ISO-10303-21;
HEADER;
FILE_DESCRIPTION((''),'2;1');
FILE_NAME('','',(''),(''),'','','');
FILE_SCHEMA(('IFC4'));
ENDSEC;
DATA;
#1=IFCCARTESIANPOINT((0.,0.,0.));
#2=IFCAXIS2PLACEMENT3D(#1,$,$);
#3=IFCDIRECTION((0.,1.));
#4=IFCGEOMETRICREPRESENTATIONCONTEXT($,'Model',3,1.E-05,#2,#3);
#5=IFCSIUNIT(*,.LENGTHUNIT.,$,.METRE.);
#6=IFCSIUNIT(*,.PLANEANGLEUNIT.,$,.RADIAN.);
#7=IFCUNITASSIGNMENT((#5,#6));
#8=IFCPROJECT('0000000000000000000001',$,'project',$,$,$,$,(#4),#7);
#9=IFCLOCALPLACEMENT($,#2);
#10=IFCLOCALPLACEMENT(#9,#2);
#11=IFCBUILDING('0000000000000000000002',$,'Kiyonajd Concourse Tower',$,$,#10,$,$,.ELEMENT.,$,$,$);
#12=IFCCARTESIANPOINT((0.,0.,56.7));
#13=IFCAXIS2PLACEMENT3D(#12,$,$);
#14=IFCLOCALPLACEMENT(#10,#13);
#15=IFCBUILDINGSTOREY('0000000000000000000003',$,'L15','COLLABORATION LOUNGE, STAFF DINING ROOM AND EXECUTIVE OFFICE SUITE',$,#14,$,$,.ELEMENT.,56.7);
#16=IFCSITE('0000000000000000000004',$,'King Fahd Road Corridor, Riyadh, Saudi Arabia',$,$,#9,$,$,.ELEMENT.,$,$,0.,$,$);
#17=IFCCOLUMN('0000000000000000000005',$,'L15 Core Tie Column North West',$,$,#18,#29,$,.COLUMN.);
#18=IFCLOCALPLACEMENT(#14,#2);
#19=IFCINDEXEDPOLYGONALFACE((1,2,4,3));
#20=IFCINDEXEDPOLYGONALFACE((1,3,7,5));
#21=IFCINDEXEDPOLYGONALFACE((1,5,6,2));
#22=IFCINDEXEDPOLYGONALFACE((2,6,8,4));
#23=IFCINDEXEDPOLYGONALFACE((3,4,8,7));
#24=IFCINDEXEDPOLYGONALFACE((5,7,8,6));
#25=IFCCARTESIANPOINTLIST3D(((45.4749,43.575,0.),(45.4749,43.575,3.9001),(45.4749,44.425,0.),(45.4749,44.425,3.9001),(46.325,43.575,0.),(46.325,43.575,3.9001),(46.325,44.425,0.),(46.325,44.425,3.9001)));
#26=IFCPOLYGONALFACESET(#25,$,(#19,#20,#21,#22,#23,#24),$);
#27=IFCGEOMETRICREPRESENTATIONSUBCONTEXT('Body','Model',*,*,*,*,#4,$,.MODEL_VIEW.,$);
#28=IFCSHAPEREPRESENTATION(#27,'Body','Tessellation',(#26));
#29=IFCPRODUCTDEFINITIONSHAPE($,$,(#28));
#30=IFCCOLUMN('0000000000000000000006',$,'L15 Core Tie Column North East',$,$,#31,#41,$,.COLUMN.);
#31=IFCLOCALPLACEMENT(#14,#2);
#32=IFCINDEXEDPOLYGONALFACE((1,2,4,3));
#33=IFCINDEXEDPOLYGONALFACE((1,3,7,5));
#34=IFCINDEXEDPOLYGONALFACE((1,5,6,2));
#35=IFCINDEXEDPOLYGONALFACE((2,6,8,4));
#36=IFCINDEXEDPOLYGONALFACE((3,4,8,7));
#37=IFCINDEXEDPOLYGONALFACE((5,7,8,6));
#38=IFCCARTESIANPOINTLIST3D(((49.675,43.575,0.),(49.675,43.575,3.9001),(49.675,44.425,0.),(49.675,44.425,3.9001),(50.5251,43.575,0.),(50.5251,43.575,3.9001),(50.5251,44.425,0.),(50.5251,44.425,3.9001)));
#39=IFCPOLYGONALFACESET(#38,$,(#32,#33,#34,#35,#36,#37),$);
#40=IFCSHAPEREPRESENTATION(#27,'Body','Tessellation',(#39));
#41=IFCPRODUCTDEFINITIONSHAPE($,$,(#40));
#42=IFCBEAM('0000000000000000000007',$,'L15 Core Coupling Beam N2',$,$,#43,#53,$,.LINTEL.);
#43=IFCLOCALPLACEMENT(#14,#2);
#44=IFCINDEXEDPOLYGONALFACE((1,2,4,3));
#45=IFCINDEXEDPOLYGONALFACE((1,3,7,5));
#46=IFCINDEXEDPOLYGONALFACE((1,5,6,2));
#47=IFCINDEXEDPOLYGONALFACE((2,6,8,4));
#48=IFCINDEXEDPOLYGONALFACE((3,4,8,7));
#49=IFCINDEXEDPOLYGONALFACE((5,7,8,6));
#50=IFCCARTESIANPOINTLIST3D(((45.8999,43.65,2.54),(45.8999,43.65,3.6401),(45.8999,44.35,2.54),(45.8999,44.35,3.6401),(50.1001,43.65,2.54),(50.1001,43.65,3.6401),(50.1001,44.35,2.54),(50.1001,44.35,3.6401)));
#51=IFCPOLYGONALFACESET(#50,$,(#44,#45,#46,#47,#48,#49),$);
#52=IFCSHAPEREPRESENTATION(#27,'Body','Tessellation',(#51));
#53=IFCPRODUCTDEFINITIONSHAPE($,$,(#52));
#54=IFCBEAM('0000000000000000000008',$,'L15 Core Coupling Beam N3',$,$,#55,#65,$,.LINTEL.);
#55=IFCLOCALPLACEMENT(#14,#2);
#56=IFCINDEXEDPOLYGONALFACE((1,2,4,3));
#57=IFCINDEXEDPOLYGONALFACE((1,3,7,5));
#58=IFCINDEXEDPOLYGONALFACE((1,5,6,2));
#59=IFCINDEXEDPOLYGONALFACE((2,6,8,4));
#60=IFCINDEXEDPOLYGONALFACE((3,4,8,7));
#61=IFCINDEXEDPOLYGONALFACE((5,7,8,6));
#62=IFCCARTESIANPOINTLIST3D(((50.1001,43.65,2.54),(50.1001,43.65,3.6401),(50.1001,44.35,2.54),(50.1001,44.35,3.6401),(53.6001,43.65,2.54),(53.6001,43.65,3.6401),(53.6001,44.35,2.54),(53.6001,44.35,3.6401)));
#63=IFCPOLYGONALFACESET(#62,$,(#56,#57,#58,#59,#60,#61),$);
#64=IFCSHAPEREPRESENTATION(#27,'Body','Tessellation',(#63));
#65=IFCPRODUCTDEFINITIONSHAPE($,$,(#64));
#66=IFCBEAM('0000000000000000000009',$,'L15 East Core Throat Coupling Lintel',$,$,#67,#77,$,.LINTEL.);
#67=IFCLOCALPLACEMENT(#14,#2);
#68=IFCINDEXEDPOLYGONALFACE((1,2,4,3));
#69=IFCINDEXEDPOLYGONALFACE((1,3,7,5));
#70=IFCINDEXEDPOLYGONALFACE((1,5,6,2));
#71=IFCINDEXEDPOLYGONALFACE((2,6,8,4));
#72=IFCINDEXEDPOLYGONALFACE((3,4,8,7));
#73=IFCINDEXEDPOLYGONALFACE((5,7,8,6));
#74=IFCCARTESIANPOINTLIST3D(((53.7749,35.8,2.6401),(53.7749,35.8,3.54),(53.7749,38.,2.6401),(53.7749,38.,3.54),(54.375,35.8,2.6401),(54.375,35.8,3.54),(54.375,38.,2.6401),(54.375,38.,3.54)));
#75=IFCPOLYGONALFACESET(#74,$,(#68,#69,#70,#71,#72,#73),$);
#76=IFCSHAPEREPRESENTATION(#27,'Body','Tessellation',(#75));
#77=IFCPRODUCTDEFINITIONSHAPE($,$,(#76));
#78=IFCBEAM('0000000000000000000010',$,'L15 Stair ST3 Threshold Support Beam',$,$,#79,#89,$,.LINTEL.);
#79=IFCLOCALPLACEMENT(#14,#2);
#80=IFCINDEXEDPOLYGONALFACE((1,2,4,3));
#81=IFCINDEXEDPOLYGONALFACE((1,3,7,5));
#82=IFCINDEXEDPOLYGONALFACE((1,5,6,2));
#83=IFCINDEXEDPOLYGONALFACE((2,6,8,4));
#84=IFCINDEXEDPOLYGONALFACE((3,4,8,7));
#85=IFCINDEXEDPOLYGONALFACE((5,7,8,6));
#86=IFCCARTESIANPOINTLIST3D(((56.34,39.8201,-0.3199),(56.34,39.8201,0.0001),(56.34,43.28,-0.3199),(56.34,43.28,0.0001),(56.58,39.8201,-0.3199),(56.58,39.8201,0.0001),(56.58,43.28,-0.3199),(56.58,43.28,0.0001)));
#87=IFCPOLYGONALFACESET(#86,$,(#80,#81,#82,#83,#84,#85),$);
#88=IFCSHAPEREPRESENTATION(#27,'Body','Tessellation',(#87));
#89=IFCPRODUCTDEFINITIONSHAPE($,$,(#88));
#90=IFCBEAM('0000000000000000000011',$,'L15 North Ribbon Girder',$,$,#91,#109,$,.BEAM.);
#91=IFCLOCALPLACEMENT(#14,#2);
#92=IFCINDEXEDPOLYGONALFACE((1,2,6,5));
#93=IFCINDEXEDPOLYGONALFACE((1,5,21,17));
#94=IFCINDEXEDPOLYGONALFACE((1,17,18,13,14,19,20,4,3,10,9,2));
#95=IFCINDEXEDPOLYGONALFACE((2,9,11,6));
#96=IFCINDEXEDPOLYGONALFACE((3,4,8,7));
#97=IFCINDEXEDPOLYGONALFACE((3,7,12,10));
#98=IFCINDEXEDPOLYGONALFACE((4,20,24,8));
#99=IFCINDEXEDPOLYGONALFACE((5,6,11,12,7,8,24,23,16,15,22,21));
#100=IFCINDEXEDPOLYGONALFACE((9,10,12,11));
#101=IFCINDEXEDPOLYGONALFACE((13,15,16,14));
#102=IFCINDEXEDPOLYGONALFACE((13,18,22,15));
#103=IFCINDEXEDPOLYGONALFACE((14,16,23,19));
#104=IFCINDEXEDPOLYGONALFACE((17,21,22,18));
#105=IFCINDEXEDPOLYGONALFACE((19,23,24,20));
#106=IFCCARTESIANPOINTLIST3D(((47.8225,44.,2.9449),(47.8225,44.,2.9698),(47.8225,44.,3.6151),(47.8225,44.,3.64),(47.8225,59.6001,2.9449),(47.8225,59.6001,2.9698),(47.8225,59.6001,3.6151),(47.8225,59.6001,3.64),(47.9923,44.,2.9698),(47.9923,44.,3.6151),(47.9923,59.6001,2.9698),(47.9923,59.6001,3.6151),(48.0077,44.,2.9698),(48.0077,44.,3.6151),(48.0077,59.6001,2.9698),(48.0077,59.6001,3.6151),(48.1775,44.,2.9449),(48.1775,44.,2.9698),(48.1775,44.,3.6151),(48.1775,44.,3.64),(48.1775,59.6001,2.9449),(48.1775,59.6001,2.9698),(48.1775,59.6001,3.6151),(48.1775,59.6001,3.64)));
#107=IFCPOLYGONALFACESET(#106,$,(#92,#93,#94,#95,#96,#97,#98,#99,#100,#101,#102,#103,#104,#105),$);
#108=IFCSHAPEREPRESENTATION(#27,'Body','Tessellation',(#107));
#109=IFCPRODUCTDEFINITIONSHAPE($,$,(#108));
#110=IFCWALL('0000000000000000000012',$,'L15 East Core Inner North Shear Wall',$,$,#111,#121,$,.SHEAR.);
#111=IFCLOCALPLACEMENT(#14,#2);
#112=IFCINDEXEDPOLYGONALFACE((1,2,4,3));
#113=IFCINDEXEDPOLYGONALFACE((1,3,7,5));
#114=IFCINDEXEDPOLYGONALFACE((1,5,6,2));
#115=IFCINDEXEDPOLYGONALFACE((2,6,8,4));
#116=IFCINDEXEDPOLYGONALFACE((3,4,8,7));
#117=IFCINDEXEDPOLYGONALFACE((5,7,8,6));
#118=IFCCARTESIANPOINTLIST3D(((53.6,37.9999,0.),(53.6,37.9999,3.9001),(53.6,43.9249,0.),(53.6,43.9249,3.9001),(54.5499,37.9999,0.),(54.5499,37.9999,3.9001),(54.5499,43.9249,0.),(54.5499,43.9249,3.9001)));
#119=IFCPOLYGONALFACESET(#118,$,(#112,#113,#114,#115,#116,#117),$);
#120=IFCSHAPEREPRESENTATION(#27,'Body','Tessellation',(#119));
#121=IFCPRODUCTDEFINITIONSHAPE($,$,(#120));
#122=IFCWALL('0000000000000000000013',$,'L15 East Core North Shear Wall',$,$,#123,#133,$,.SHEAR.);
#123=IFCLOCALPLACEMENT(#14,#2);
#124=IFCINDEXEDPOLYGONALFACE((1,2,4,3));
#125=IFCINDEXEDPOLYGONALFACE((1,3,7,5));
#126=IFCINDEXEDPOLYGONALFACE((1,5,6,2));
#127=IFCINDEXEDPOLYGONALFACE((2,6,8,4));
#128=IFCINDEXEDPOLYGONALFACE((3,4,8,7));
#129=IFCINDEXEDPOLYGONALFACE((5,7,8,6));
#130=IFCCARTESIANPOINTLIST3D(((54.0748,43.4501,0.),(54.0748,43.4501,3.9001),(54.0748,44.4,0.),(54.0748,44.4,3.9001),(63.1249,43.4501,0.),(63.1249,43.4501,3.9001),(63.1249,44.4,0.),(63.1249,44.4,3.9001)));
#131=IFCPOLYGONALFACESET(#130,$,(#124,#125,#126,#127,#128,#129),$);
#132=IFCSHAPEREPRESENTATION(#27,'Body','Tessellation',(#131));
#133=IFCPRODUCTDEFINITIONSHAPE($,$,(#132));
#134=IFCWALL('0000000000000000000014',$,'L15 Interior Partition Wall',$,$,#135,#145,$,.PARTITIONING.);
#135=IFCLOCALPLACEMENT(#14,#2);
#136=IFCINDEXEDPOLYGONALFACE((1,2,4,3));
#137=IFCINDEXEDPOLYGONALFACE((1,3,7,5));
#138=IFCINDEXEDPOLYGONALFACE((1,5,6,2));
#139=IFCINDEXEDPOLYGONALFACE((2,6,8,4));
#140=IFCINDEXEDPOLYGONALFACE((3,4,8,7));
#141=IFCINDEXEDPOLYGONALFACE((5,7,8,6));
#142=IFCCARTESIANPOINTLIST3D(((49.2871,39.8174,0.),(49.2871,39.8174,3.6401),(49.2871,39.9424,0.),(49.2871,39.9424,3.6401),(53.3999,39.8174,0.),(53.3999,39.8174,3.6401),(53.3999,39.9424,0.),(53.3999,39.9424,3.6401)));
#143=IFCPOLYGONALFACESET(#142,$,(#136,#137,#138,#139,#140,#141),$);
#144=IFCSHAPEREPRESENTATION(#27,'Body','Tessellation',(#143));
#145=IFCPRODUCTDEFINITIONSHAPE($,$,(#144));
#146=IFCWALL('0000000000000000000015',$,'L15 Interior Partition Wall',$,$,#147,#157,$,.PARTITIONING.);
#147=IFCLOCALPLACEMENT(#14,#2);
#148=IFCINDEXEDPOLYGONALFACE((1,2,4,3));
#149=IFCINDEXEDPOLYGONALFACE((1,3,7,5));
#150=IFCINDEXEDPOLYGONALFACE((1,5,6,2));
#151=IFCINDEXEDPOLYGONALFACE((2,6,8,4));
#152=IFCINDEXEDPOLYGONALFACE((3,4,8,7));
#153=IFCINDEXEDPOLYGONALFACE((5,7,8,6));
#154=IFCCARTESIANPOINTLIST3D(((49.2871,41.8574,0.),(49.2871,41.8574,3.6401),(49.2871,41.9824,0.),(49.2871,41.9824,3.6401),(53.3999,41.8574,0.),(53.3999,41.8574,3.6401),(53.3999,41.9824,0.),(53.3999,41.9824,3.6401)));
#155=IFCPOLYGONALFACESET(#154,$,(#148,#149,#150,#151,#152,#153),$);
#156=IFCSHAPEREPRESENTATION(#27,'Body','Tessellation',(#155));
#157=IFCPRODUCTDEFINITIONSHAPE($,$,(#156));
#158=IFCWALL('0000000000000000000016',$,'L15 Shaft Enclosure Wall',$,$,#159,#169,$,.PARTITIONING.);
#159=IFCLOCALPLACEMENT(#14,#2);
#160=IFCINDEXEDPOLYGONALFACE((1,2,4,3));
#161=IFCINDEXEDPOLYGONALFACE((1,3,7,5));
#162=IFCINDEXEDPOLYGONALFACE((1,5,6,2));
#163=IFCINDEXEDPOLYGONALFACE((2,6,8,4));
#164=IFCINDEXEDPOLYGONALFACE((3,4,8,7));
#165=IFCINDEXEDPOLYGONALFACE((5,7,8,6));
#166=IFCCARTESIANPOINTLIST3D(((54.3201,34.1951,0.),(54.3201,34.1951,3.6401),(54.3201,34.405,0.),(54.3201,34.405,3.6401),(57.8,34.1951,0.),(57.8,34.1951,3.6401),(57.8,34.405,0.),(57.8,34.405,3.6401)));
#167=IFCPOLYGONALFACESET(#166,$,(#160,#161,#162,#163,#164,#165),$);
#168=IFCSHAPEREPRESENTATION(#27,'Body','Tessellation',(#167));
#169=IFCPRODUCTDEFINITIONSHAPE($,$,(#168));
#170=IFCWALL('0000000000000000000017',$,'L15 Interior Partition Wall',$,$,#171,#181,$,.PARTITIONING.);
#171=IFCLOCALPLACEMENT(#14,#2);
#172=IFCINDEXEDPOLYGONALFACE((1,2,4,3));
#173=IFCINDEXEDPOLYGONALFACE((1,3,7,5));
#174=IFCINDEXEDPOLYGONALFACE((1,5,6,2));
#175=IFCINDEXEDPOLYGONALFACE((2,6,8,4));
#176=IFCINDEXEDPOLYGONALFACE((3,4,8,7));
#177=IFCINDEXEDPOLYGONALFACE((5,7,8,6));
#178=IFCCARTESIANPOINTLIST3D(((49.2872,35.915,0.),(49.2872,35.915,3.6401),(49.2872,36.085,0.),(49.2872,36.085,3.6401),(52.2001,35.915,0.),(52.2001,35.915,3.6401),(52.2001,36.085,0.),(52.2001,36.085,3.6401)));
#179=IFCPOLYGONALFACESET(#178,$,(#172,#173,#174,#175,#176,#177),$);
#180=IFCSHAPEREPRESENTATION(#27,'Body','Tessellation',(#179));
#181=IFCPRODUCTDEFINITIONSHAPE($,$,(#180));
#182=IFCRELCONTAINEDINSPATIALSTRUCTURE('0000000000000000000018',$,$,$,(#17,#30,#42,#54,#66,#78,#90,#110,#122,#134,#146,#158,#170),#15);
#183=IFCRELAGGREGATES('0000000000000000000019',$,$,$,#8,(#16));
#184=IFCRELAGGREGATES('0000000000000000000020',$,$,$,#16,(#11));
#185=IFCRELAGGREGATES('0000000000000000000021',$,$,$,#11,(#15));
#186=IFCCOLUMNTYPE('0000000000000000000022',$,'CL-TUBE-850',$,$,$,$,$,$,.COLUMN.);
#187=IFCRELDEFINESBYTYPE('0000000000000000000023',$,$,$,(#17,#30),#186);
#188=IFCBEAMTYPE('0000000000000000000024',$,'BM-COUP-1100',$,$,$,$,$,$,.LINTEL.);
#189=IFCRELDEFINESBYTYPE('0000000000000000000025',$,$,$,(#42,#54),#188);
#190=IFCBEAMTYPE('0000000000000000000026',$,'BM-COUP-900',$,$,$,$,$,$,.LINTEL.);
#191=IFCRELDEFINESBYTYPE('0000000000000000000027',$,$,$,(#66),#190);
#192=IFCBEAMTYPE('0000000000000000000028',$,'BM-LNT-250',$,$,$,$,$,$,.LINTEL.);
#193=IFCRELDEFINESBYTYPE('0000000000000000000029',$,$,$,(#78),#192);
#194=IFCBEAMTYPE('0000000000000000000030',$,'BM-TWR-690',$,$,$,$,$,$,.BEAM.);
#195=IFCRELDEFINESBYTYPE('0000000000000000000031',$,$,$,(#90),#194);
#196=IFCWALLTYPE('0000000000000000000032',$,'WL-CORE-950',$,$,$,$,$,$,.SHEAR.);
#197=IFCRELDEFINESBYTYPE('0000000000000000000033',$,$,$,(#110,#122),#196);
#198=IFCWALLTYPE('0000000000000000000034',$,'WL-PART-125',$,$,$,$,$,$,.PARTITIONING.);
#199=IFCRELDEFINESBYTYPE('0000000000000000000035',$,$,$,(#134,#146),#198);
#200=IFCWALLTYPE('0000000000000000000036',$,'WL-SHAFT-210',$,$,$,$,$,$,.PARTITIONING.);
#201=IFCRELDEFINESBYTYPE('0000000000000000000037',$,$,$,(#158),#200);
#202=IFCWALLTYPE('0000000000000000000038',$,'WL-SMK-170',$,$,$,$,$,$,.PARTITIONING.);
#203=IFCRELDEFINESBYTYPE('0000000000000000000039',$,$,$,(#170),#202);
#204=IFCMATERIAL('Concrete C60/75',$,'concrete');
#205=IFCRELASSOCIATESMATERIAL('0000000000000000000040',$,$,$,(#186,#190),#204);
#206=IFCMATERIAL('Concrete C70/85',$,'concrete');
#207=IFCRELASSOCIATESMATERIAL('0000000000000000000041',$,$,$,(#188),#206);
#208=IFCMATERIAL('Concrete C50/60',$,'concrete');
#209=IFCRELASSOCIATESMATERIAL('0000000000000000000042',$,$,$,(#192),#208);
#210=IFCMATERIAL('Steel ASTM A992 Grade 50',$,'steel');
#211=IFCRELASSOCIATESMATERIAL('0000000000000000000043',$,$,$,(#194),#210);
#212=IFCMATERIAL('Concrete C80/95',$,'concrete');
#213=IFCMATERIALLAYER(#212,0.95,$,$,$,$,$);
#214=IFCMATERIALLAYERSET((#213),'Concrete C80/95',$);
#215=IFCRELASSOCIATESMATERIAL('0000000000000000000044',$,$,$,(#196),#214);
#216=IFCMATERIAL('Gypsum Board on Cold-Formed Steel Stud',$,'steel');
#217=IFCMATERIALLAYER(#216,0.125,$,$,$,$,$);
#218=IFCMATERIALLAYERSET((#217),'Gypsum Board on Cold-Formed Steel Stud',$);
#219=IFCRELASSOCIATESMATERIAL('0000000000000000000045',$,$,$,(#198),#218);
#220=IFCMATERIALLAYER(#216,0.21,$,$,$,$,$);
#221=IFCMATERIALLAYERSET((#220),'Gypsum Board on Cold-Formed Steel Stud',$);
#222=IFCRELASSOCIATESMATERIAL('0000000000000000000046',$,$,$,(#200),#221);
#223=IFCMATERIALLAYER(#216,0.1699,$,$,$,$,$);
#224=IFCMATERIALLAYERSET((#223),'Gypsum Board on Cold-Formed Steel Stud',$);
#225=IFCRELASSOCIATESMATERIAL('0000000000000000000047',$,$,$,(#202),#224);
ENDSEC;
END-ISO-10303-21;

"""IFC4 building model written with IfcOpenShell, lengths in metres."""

from ifc_helpers import new_model, si_unit, direction, frame, frame_2d, origin, origin_2d, place, context, subcontext, project, spatial, rectangle, i_section, extrude, material, layer, layer_set, material_profile, profile_set, type_object, element, save


model = new_model("IFC4")

# Units and contexts
model_context = context("Model", 3, precision=1e-05, world=origin(), true_north=direction((0.0, 1.0)))
body_context = subcontext(model_context, "Body", "Model", "MODEL_VIEW")
ifc_project = project(units=[si_unit("LENGTHUNIT", "METRE"), si_unit("PLANEANGLEUNIT", "RADIAN")], contexts=[model_context])

# Site, building, storey
site_placement = place(None, origin())
site = spatial("IfcSite", under=ifc_project, at=site_placement, Name="King Fahd Road Corridor, Riyadh, Saudi Arabia", CompositionType="ELEMENT", RefElevation=0.0)
building_placement = place(site_placement, origin())
building = spatial("IfcBuilding", under=site, at=building_placement, Name="Kiyonajd Concourse Tower", CompositionType="ELEMENT")
storey_placement = place(building_placement, frame((0.0, 0.0, 56.7)))
storey = spatial("IfcBuildingStorey", under=building, at=storey_placement, Name="L15", Description="COLLABORATION LOUNGE, STAFF DINING ROOM AND EXECUTIVE OFFICE SUITE", CompositionType="ELEMENT", Elevation=56.7)

# Columns
ifc_material_1 = material(Name="Concrete C60/75", Category="concrete")
ifc_material_profile_1 = material_profile(ifc_material_1, rectangle(XDim=0.8501, YDim=0.8501, at=origin_2d()), Name="RC-850x850")
ifc_profile_set_1 = profile_set([ifc_material_profile_1], Name="Concrete C60/75")
column_type = type_object("IfcColumnType", Name="CL-TUBE-850", PredefinedType="COLUMN", material=ifc_profile_set_1)
for number, where, z_axis, x_axis, name in (
    (1, (45.8999, 44.0, 0.0), (0.0, 0.0, 1.0), (1.0, 0.0, 0.0), "L15 Core Tie Column North West"),
    (2, (50.1001, 44.0, 0.0), (0.0, 0.0, 1.0), (1.0, 0.0, 0.0), "L15 Core Tie Column North East"),
):
    element("IfcColumn", number, at=place(storey_placement, frame(where, z_axis=z_axis, x_axis=x_axis)), inside=storey, type_object=column_type, Name=name, PredefinedType="COLUMN", context=body_context, shape_type="SweptSolid", body=[
        extrude(rectangle(XDim=0.8501, YDim=0.8501, at=origin_2d()), origin(), (0.0, 0.0, 1.0), 3.9001),
    ])

# Beams
ifc_material_2 = material(Name="Concrete C70/85", Category="concrete")
ifc_material_profile_2 = material_profile(ifc_material_2, rectangle(XDim=0.7, YDim=1.1001, at=origin_2d()), Name="RCBM-700x1100")
ifc_profile_set_2 = profile_set([ifc_material_profile_2], Name="Concrete C70/85")
beam_type_1 = type_object("IfcBeamType", Name="BM-COUP-1100", PredefinedType="LINTEL", material=ifc_profile_set_2)
beam_1_placement = place(storey_placement, frame((45.8999, 44.0, 3.0901), z_axis=(1.0, 0.0, 0.0), x_axis=(0.0, 1.0, 0.0)))
element("IfcBeam", 3, at=beam_1_placement, inside=storey, type_object=beam_type_1, Name="L15 Core Coupling Beam N2", PredefinedType="LINTEL", context=body_context, shape_type="SweptSolid", body=[
    extrude(rectangle(XDim=0.7, YDim=1.1001, at=origin_2d()), origin(), (0.0, 0.0, 1.0), 4.2002),
])
beam_2_placement = place(storey_placement, frame((50.1001, 44.0, 3.0901), z_axis=(1.0, 0.0, 0.0), x_axis=(0.0, 1.0, 0.0)))
element("IfcBeam", 4, at=beam_2_placement, inside=storey, type_object=beam_type_1, Name="L15 Core Coupling Beam N3", PredefinedType="LINTEL", context=body_context, shape_type="SweptSolid", body=[
    extrude(rectangle(XDim=0.7, YDim=1.1001, at=origin_2d()), origin(), (0.0, 0.0, 1.0), 3.5),
])
ifc_material_profile_3 = material_profile(ifc_material_1, rectangle(XDim=0.6001, YDim=0.8999, at=origin_2d()), Name="RCBM-600x900")
ifc_profile_set_3 = profile_set([ifc_material_profile_3], Name="Concrete C60/75")
beam_type_2 = type_object("IfcBeamType", Name="BM-COUP-900", PredefinedType="LINTEL", material=ifc_profile_set_3)
beam_3_placement = place(storey_placement, frame((54.075, 35.8, 3.0901), z_axis=(0.0, 1.0, 0.0), x_axis=(-1.0, 0.0, 0.0)))
element("IfcBeam", 5, at=beam_3_placement, inside=storey, type_object=beam_type_2, Name="L15 East Core Throat Coupling Lintel", PredefinedType="LINTEL", context=body_context, shape_type="SweptSolid", body=[
    extrude(rectangle(XDim=0.6001, YDim=0.8999, at=origin_2d()), origin(), (0.0, 0.0, 1.0), 2.2),
])
ifc_material_3 = material(Name="Concrete C50/60", Category="concrete")
ifc_material_profile_4 = material_profile(ifc_material_3, rectangle(XDim=0.24, YDim=0.3201, at=origin_2d()), Name="RCBM-240x320")
ifc_profile_set_4 = profile_set([ifc_material_profile_4], Name="Concrete C50/60")
beam_type_3 = type_object("IfcBeamType", Name="BM-LNT-250", PredefinedType="LINTEL", material=ifc_profile_set_4)
beam_4_placement = place(storey_placement, frame((56.46, 39.8201, -0.1599), z_axis=(0.0, 1.0, 0.0), x_axis=(-1.0, 0.0, 0.0)))
element("IfcBeam", 6, at=beam_4_placement, inside=storey, type_object=beam_type_3, Name="L15 Stair ST3 Threshold Support Beam", PredefinedType="LINTEL", context=body_context, shape_type="SweptSolid", body=[
    extrude(rectangle(XDim=0.24, YDim=0.3201, at=origin_2d()), origin(), (0.0, 0.0, 1.0), 3.46),
])
ifc_material_4 = material(Name="Steel ASTM A992 Grade 50", Category="steel")
ifc_material_profile_5 = material_profile(ifc_material_4, i_section(OverallWidth=0.355, OverallDepth=0.6951, WebThickness=0.0154, FlangeThickness=0.0249, at=origin_2d()), Name="W690X217")
ifc_profile_set_5 = profile_set([ifc_material_profile_5], Name="Steel ASTM A992 Grade 50")
beam_type_4 = type_object("IfcBeamType", Name="BM-TWR-690", PredefinedType="BEAM", material=ifc_profile_set_5)
beam_5_placement = place(storey_placement, frame((48.0, 44.0, 3.2925), z_axis=(0.0, 1.0, 0.0), x_axis=(-1.0, 0.0, 0.0)))
element("IfcBeam", 7, at=beam_5_placement, inside=storey, type_object=beam_type_4, Name="L15 North Ribbon Girder", PredefinedType="BEAM", context=body_context, shape_type="SweptSolid", body=[
    extrude(i_section(OverallWidth=0.355, OverallDepth=0.6951, WebThickness=0.0154, FlangeThickness=0.0249, at=origin_2d()), origin(), (0.0, 0.0, 1.0), 15.6001),
])

# Walls
ifc_material_5 = material(Name="Concrete C80/95", Category="concrete")
ifc_layer_1 = layer(ifc_material_5, 0.95)
ifc_layer_set_1 = layer_set([ifc_layer_1], Name="Concrete C80/95")
wall_type_1 = type_object("IfcWallType", Name="WL-CORE-950", PredefinedType="SHEAR", material=ifc_layer_set_1)
wall_1_placement = place(storey_placement, frame((54.075, 38.0, 0.0), z_axis=(0.0, 0.0, 1.0), x_axis=(0.0, 1.0, 0.0)))
element("IfcWall", 8, at=wall_1_placement, inside=storey, type_object=wall_type_1, Name="L15 East Core Inner North Shear Wall", PredefinedType="SHEAR", context=body_context, shape_type="SweptSolid", body=[
    extrude(rectangle(XDim=5.925, YDim=0.95, at=frame_2d((2.9624, 0.0))), origin(), (0.0, 0.0, 1.0), 3.9001),
])
wall_2_placement = place(storey_placement, frame((54.075, 43.925, 0.0), z_axis=(0.0, 0.0, 1.0), x_axis=(1.0, 0.0, 0.0)))
element("IfcWall", 9, at=wall_2_placement, inside=storey, type_object=wall_type_1, Name="L15 East Core North Shear Wall", PredefinedType="SHEAR", context=body_context, shape_type="SweptSolid", body=[
    extrude(rectangle(XDim=9.05, YDim=0.95, at=frame_2d((4.5249, 0.0))), origin(), (0.0, 0.0, 1.0), 3.9001),
])
ifc_material_6 = material(Name="Gypsum Board on Cold-Formed Steel Stud", Category="steel")
ifc_layer_2 = layer(ifc_material_6, 0.125)
ifc_layer_set_2 = layer_set([ifc_layer_2], Name="Gypsum Board on Cold-Formed Steel Stud")
wall_type_2 = type_object("IfcWallType", Name="WL-PART-125", PredefinedType="PARTITIONING", material=ifc_layer_set_2)
for number, where, z_axis, x_axis, name in (
    (10, (49.2871, 39.8799, 0.0), (0.0, 0.0, 1.0), (1.0, 0.0, 0.0), "L15 Interior Partition Wall"),
    (11, (49.2871, 41.9199, 0.0), (0.0, 0.0, 1.0), (1.0, 0.0, 0.0), "L15 Interior Partition Wall"),
):
    element("IfcWall", number, at=place(storey_placement, frame(where, z_axis=z_axis, x_axis=x_axis)), inside=storey, type_object=wall_type_2, Name=name, PredefinedType="PARTITIONING", context=body_context, shape_type="SweptSolid", body=[
        extrude(rectangle(XDim=4.1128, YDim=0.125, at=frame_2d((2.0564, 0.0))), origin(), (0.0, 0.0, 1.0), 3.6401),
    ])
ifc_layer_3 = layer(ifc_material_6, 0.21)
ifc_layer_set_3 = layer_set([ifc_layer_3], Name="Gypsum Board on Cold-Formed Steel Stud")
wall_type_3 = type_object("IfcWallType", Name="WL-SHAFT-210", PredefinedType="PARTITIONING", material=ifc_layer_set_3)
wall_3_placement = place(storey_placement, frame((54.3201, 34.3, 0.0), z_axis=(0.0, 0.0, 1.0), x_axis=(1.0, 0.0, 0.0)))
element("IfcWall", 12, at=wall_3_placement, inside=storey, type_object=wall_type_3, Name="L15 Shaft Enclosure Wall", PredefinedType="PARTITIONING", context=body_context, shape_type="SweptSolid", body=[
    extrude(rectangle(XDim=3.48, YDim=0.21, at=frame_2d((1.74, 0.0))), origin(), (0.0, 0.0, 1.0), 3.6401),
])
ifc_layer_4 = layer(ifc_material_6, 0.1699)
ifc_layer_set_4 = layer_set([ifc_layer_4], Name="Gypsum Board on Cold-Formed Steel Stud")
wall_type_4 = type_object("IfcWallType", Name="WL-SMK-170", PredefinedType="PARTITIONING", material=ifc_layer_set_4)
wall_4_placement = place(storey_placement, frame((49.2871, 36.0, 0.0), z_axis=(0.0, 0.0, 1.0), x_axis=(1.0, 0.0, 0.0)))
element("IfcWall", 13, at=wall_4_placement, inside=storey, type_object=wall_type_4, Name="L15 Interior Partition Wall", PredefinedType="PARTITIONING", context=body_context, shape_type="SweptSolid", body=[
    extrude(rectangle(XDim=2.9128, YDim=0.1699, at=frame_2d((1.4565, 0.0))), origin(), (0.0, 0.0, 1.0), 3.6401),
])

save(model, "model.ifc")
